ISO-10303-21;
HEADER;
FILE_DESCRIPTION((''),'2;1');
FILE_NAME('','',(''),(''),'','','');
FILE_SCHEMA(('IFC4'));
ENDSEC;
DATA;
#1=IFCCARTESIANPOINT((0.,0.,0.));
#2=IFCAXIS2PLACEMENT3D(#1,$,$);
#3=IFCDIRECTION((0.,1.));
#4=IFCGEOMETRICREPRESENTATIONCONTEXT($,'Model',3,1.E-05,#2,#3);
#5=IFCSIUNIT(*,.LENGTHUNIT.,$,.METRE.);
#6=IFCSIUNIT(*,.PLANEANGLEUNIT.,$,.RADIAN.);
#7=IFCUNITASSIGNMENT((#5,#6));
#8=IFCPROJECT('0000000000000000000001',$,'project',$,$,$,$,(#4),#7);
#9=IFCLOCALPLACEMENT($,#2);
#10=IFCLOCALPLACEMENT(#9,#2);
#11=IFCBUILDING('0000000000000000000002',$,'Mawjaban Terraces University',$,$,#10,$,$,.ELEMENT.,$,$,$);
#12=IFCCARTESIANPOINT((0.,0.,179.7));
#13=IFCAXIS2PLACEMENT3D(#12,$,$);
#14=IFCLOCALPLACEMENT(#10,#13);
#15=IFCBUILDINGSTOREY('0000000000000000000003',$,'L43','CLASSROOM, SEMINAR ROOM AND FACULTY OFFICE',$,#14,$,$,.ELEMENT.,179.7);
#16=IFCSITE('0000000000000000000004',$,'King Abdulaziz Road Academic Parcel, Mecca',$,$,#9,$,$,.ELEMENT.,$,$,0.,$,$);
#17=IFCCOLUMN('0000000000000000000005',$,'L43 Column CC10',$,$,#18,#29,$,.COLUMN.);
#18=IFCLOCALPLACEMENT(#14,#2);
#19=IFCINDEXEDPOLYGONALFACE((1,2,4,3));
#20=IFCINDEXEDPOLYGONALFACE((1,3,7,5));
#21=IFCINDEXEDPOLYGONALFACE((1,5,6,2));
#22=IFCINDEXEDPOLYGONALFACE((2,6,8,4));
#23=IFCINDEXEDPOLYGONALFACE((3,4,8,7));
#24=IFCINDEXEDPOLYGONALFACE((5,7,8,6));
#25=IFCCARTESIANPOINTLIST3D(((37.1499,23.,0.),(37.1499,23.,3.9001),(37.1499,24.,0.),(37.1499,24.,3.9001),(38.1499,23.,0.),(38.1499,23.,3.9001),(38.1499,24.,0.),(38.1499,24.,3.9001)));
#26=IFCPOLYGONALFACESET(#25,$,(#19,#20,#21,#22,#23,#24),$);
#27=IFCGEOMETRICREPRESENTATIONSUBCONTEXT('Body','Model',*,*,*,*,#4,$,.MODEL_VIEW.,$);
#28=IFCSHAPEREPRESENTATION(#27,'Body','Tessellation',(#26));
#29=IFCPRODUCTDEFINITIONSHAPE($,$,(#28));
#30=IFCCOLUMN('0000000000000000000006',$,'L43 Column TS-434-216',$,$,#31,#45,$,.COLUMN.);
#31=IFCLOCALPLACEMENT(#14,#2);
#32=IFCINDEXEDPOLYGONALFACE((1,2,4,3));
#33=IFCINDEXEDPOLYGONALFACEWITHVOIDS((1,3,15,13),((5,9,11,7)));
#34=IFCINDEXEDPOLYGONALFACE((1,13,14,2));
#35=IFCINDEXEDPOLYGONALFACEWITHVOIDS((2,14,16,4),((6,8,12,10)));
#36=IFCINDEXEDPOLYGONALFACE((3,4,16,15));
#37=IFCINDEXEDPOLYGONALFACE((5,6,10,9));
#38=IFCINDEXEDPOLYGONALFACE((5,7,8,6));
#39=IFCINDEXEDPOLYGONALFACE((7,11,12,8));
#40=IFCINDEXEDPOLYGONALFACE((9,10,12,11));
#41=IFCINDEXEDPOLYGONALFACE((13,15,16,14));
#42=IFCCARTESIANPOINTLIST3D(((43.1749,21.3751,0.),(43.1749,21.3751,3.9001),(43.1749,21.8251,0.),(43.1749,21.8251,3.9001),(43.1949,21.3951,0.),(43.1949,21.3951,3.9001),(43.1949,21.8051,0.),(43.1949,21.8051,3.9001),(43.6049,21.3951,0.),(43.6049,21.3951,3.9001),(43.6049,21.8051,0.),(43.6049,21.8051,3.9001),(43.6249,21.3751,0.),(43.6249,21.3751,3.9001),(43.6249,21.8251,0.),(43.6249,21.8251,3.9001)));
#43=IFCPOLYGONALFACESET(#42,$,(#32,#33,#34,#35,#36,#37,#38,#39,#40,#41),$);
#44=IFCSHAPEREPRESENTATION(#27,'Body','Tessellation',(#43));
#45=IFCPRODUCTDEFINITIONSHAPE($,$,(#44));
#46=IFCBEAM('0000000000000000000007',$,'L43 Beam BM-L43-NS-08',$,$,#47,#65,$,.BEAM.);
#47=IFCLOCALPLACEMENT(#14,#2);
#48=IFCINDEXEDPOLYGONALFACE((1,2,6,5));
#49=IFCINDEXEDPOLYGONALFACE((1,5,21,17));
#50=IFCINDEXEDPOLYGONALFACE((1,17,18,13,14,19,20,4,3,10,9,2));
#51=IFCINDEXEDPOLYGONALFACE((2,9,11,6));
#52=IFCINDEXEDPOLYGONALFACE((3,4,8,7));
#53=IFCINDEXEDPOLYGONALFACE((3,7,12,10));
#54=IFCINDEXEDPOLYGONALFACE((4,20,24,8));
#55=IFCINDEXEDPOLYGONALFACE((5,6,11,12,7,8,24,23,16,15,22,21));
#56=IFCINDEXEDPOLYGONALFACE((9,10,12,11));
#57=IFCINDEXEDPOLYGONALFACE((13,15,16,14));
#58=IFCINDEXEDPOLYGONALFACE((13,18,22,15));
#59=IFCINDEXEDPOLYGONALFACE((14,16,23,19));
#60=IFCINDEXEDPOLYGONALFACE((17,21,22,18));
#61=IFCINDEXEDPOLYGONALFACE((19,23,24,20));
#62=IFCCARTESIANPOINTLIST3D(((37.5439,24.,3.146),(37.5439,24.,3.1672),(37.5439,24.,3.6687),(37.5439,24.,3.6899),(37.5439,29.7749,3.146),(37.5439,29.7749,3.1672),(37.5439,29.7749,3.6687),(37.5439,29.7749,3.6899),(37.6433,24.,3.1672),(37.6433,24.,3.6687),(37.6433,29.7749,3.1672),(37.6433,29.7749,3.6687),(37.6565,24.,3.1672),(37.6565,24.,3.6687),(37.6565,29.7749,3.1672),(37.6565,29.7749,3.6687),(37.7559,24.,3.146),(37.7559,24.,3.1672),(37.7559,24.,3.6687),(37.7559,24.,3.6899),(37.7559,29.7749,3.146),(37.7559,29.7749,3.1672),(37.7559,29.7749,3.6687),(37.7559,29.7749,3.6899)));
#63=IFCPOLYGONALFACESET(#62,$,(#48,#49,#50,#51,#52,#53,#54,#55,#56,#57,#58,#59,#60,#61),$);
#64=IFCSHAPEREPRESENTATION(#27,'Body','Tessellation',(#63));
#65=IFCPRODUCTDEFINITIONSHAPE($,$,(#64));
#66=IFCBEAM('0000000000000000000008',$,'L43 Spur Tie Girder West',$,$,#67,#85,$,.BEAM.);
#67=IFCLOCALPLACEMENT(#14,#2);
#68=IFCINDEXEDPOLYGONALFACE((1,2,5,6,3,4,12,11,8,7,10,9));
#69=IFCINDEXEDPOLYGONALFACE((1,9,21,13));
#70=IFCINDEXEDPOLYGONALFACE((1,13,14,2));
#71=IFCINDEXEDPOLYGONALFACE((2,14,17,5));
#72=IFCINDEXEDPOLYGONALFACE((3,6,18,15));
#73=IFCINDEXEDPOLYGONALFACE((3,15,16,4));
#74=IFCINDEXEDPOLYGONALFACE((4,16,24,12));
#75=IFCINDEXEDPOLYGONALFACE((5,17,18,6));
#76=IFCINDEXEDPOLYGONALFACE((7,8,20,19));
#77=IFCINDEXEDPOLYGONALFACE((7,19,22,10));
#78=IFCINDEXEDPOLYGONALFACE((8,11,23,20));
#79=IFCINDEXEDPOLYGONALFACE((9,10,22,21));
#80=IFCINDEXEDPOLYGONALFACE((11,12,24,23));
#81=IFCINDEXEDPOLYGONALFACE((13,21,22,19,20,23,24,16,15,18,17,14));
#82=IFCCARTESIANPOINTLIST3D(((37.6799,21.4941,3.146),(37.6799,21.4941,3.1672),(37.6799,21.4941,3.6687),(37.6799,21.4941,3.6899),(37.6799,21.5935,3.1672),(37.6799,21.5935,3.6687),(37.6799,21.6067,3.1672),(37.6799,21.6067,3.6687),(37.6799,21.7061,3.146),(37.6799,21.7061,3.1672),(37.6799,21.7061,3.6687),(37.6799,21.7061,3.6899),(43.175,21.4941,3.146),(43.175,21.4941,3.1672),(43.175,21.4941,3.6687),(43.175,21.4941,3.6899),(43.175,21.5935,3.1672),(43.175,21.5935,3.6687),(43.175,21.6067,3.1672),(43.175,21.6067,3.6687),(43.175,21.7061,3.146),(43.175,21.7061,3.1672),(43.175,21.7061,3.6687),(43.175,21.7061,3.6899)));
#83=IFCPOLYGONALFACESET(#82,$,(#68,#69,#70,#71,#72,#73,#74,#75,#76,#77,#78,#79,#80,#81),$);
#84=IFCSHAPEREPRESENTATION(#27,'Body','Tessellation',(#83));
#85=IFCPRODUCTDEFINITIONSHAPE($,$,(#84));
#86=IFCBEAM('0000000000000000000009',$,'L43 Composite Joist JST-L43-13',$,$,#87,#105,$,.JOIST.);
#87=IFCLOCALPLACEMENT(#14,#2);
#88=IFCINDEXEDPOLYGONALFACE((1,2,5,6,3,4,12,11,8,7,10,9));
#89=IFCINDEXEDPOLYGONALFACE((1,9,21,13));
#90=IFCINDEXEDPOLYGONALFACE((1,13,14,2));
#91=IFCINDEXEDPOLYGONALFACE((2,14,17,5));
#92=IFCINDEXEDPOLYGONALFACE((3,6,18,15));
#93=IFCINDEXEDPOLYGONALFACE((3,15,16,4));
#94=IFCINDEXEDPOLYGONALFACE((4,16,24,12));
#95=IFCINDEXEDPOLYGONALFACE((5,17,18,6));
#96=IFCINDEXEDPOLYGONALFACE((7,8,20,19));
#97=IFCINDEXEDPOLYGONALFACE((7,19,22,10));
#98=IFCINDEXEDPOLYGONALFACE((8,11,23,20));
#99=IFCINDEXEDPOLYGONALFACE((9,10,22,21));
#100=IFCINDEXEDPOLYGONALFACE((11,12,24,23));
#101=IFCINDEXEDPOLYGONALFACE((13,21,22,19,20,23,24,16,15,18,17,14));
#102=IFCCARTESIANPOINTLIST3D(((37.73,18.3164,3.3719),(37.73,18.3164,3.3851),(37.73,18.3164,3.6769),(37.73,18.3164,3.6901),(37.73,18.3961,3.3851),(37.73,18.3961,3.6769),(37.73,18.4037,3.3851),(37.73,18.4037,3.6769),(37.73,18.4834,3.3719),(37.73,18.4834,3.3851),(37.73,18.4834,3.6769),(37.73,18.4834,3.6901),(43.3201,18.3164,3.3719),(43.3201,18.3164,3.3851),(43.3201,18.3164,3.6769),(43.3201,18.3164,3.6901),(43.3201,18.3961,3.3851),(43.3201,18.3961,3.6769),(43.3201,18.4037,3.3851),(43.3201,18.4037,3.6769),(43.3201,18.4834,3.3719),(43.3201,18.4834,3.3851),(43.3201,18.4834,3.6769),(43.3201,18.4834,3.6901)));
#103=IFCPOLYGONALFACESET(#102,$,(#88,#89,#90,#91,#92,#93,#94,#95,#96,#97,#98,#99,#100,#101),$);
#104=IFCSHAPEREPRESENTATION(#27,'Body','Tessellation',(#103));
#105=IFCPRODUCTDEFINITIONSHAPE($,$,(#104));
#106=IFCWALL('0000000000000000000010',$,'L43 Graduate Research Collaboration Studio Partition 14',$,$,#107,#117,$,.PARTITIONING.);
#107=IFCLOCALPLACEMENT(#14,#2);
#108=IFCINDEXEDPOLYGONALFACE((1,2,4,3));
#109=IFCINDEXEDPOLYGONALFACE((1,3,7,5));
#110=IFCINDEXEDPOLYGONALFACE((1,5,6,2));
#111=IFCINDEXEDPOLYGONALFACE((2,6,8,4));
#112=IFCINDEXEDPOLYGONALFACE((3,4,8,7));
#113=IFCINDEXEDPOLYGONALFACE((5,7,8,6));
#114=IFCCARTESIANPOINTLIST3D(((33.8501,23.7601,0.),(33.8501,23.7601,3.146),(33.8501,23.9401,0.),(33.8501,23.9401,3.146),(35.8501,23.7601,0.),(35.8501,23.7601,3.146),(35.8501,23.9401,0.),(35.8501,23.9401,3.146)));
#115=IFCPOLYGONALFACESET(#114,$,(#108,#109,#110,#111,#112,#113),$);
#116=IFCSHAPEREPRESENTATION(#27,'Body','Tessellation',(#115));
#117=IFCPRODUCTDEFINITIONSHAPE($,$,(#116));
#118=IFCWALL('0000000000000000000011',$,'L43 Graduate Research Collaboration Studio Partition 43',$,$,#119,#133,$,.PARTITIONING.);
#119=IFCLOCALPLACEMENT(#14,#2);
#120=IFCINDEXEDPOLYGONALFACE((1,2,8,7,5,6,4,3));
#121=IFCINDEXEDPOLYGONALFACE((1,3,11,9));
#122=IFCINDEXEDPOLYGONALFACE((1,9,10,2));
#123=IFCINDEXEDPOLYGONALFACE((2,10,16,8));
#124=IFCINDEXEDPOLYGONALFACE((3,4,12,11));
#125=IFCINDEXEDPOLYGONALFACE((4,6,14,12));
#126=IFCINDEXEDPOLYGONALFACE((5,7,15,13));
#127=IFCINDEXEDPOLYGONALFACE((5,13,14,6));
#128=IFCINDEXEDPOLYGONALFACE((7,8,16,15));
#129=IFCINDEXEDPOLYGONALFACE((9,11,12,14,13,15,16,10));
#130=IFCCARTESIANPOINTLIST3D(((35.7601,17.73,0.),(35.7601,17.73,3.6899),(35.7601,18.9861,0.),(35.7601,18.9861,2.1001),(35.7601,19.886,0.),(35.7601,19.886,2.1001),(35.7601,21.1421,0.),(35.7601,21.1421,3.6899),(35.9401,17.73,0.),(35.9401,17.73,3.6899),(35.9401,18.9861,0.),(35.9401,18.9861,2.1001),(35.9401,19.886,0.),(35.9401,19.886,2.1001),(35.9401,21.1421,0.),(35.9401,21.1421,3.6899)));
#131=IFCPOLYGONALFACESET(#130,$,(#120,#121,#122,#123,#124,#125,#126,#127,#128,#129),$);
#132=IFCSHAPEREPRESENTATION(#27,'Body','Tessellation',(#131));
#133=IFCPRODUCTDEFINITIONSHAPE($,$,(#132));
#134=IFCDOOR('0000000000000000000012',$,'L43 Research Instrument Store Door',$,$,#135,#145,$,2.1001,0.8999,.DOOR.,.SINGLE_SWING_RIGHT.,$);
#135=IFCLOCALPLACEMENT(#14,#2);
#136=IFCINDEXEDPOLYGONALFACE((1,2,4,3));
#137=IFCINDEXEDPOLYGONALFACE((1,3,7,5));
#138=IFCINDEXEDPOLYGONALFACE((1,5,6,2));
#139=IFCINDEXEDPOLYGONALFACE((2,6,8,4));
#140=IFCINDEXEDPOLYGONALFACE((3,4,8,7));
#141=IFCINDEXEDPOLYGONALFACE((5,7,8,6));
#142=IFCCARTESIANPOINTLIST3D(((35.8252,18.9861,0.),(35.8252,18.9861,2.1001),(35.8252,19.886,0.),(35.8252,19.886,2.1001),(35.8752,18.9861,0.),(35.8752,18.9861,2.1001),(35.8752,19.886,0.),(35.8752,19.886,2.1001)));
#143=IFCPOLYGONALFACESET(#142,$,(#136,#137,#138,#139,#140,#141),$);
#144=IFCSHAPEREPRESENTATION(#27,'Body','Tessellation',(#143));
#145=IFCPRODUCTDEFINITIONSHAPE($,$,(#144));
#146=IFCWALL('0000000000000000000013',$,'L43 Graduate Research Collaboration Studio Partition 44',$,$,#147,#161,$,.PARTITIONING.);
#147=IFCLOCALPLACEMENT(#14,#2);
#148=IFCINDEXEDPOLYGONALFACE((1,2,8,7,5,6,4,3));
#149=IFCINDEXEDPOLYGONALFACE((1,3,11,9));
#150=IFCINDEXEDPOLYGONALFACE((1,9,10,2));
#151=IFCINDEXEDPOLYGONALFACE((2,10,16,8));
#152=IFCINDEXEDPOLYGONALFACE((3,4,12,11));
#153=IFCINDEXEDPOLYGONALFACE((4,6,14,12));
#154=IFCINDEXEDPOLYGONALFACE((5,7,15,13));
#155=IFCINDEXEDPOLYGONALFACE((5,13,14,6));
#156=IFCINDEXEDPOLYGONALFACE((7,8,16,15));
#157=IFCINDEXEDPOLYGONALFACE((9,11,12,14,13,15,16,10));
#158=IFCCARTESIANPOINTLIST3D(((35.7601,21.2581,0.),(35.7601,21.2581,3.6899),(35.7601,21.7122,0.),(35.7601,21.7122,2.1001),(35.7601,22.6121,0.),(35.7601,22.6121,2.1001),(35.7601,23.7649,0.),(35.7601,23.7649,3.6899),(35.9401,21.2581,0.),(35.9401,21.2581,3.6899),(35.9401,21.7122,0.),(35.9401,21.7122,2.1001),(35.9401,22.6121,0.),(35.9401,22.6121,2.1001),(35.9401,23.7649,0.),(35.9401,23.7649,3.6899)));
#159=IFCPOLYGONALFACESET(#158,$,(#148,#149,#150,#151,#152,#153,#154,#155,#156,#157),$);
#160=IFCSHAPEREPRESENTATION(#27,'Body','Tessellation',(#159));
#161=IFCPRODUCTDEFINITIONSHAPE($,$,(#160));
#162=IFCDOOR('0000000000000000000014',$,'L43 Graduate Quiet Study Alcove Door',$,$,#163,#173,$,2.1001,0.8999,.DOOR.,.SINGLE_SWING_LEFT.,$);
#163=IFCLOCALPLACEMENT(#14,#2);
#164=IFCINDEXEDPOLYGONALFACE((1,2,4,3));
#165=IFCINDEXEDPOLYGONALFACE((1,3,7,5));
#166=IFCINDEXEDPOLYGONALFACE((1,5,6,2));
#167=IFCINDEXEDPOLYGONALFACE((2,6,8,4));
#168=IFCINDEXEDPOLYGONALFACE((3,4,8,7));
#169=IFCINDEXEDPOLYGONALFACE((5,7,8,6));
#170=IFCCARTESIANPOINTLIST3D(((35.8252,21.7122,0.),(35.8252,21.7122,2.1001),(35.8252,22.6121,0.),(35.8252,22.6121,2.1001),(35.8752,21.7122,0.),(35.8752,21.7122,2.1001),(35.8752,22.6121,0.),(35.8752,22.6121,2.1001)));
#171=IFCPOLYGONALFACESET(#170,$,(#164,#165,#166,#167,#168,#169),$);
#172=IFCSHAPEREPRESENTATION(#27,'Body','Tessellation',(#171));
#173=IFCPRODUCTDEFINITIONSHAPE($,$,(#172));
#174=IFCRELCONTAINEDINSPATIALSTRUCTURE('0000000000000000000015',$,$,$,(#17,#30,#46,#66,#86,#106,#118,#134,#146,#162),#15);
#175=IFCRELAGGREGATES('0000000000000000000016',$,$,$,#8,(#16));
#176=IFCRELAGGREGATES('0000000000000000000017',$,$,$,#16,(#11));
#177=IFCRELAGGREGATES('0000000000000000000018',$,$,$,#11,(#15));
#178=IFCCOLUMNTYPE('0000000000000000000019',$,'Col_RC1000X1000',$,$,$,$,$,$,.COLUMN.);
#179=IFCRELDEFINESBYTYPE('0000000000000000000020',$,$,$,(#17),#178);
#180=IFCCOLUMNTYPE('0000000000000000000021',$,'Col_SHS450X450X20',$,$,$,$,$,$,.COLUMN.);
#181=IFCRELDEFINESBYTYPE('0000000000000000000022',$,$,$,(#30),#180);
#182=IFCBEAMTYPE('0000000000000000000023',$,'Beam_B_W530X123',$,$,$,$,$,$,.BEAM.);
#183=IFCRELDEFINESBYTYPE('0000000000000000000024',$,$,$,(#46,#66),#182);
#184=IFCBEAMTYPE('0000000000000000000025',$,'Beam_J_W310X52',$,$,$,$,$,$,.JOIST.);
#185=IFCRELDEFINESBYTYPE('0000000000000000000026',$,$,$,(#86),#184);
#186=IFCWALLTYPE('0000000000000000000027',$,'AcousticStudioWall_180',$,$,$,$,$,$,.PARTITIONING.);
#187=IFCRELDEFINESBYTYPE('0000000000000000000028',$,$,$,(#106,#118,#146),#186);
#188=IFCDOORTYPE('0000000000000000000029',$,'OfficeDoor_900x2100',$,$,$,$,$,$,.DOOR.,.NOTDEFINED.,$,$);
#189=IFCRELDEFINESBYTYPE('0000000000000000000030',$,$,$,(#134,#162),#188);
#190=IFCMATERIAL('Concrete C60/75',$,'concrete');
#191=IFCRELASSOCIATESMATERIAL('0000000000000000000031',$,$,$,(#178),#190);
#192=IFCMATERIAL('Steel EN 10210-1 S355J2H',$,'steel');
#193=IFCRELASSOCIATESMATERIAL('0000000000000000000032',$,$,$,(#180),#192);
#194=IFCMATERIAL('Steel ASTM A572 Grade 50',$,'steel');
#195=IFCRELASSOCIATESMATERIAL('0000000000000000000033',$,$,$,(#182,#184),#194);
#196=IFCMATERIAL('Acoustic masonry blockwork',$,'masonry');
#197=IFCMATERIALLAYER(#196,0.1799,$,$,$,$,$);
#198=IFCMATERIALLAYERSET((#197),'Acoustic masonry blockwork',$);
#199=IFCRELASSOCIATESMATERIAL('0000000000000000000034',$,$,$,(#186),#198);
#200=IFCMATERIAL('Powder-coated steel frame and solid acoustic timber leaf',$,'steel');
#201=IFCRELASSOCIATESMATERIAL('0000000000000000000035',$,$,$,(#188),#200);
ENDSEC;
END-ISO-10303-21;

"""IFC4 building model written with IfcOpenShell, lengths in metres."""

from ifc_helpers import new_model, si_unit, direction, frame, frame_2d, origin, origin_2d, place, context, subcontext, project, spatial, rectangle, hollow_rectangle, i_section, extrude, material, layer, layer_set, material_profile, profile_set, type_object, element, fill, save


model = new_model("IFC4")

# Units and contexts
model_context = context("Model", 3, precision=1e-05, world=origin(), true_north=direction((0.0, 1.0)))
body_context = subcontext(model_context, "Body", "Model", "MODEL_VIEW")
ifc_project = project(units=[si_unit("LENGTHUNIT", "METRE"), si_unit("PLANEANGLEUNIT", "RADIAN")], contexts=[model_context])

# Site, building, storey
site_placement = place(None, origin())
site = spatial("IfcSite", under=ifc_project, at=site_placement, Name="King Abdulaziz Road Academic Parcel, Mecca", CompositionType="ELEMENT", RefElevation=0.0)
building_placement = place(site_placement, origin())
building = spatial("IfcBuilding", under=site, at=building_placement, Name="Mawjaban Terraces University", CompositionType="ELEMENT")
storey_placement = place(building_placement, frame((0.0, 0.0, 179.7)))
storey = spatial("IfcBuildingStorey", under=building, at=storey_placement, Name="L43", Description="CLASSROOM, SEMINAR ROOM AND FACULTY OFFICE", CompositionType="ELEMENT", Elevation=179.7)

# Columns
ifc_material_1 = material(Name="Concrete C60/75", Category="concrete")
ifc_material_profile_1 = material_profile(ifc_material_1, rectangle(XDim=1.0, YDim=1.0, at=origin_2d()), Name="RC1000X1000")
ifc_profile_set_1 = profile_set([ifc_material_profile_1], Name="Concrete C60/75")
column_type_1 = type_object("IfcColumnType", Name="Col_RC1000X1000", PredefinedType="COLUMN", material=ifc_profile_set_1)
column_1_placement = place(storey_placement, frame((37.6499, 23.5, 0.0), z_axis=(0.0, 0.0, 1.0), x_axis=(1.0, 0.0, 0.0)))
element("IfcColumn", 1, at=column_1_placement, inside=storey, type_object=column_type_1, Name="L43 Column CC10", PredefinedType="COLUMN", context=body_context, shape_type="SweptSolid", body=[
    extrude(rectangle(XDim=1.0, YDim=1.0, at=origin_2d()), origin(), (0.0, 0.0, 1.0), 3.9001),
])
ifc_material_2 = material(Name="Steel EN 10210-1 S355J2H", Category="steel")
ifc_material_profile_2 = material_profile(ifc_material_2, hollow_rectangle(XDim=0.45, YDim=0.45, WallThickness=0.02, at=origin_2d()), Name="SHS450X450X20")
ifc_profile_set_2 = profile_set([ifc_material_profile_2], Name="Steel EN 10210-1 S355J2H")
column_type_2 = type_object("IfcColumnType", Name="Col_SHS450X450X20", PredefinedType="COLUMN", material=ifc_profile_set_2)
column_2_placement = place(storey_placement, frame((43.3999, 21.6001, 0.0), z_axis=(0.0, 0.0, 1.0), x_axis=(1.0, 0.0, 0.0)))
element("IfcColumn", 2, at=column_2_placement, inside=storey, type_object=column_type_2, Name="L43 Column TS-434-216", PredefinedType="COLUMN", context=body_context, shape_type="SweptSolid", body=[
    extrude(hollow_rectangle(XDim=0.45, YDim=0.45, WallThickness=0.02, at=origin_2d()), origin(), (0.0, 0.0, 1.0), 3.9001),
])

# Beams
ifc_material_3 = material(Name="Steel ASTM A572 Grade 50", Category="steel")
ifc_material_profile_3 = material_profile(ifc_material_3, i_section(OverallWidth=0.2119, OverallDepth=0.5439, WebThickness=0.0132, FlangeThickness=0.0212, at=origin_2d()), Name="W530X123")
ifc_profile_set_3 = profile_set([ifc_material_profile_3], Name="Steel ASTM A572 Grade 50")
beam_type_1 = type_object("IfcBeamType", Name="Beam_B_W530X123", PredefinedType="BEAM", material=ifc_profile_set_3)
beam_1_placement = place(storey_placement, frame((37.6499, 24.0, 3.418), z_axis=(0.0, 1.0, 0.0), x_axis=(-1.0, 0.0, 0.0)))
element("IfcBeam", 3, at=beam_1_placement, inside=storey, type_object=beam_type_1, Name="L43 Beam BM-L43-NS-08", PredefinedType="BEAM", context=body_context, shape_type="SweptSolid", body=[
    extrude(i_section(OverallWidth=0.2119, OverallDepth=0.5439, WebThickness=0.0132, FlangeThickness=0.0212, at=origin_2d()), origin(), (0.0, 0.0, 1.0), 5.7749),
])
beam_2_placement = place(storey_placement, frame((37.6799, 21.6001, 3.418), z_axis=(1.0, 0.0, 0.0), x_axis=(0.0, 1.0, 0.0)))
element("IfcBeam", 4, at=beam_2_placement, inside=storey, type_object=beam_type_1, Name="L43 Spur Tie Girder West", PredefinedType="BEAM", context=body_context, shape_type="SweptSolid", body=[
    extrude(i_section(OverallWidth=0.2119, OverallDepth=0.5439, WebThickness=0.0132, FlangeThickness=0.0212, at=origin_2d()), origin(), (0.0, 0.0, 1.0), 5.4951),
])
ifc_material_profile_4 = material_profile(ifc_material_3, i_section(OverallWidth=0.167, OverallDepth=0.3181, WebThickness=0.0076, FlangeThickness=0.0132, at=origin_2d()), Name="W310X52")
ifc_profile_set_4 = profile_set([ifc_material_profile_4], Name="Steel ASTM A572 Grade 50")
beam_type_2 = type_object("IfcBeamType", Name="Beam_J_W310X52", PredefinedType="JOIST", material=ifc_profile_set_4)
beam_3_placement = place(storey_placement, frame((37.73, 18.3999, 3.531), z_axis=(1.0, 0.0, 0.0), x_axis=(0.0, 1.0, 0.0)))
element("IfcBeam", 5, at=beam_3_placement, inside=storey, type_object=beam_type_2, Name="L43 Composite Joist JST-L43-13", PredefinedType="JOIST", context=body_context, shape_type="SweptSolid", body=[
    extrude(i_section(OverallWidth=0.167, OverallDepth=0.3181, WebThickness=0.0076, FlangeThickness=0.0132, at=origin_2d()), origin(), (0.0, 0.0, 1.0), 5.5901),
])

# Wall
ifc_material_4 = material(Name="Acoustic masonry blockwork", Category="masonry")
ifc_layer_1 = layer(ifc_material_4, 0.1799)
ifc_layer_set_1 = layer_set([ifc_layer_1], Name="Acoustic masonry blockwork")
wall_type_1 = type_object("IfcWallType", Name="AcousticStudioWall_180", PredefinedType="PARTITIONING", material=ifc_layer_set_1)
wall_1_placement = place(storey_placement, frame((35.8501, 23.8501, 0.0), z_axis=(0.0, 0.0, 1.0), x_axis=(-1.0, 0.0, 0.0)))
element("IfcWall", 6, at=wall_1_placement, inside=storey, type_object=wall_type_1, Name="L43 Graduate Research Collaboration Studio Partition 14", PredefinedType="PARTITIONING", context=body_context, shape_type="SweptSolid", body=[
    extrude(rectangle(XDim=2.0, YDim=0.1799, at=frame_2d((1.0, 0.0))), origin(), (0.0, 0.0, 1.0), 3.146),
])

# Walls, openings, doors
wall_2_placement = place(storey_placement, frame((35.8501, 17.73, 0.0), z_axis=(0.0, 0.0, 1.0), x_axis=(0.0, 1.0, 0.0)))
wall_2 = element("IfcWall", 7, at=wall_2_placement, inside=storey, type_object=wall_type_1, Name="L43 Graduate Research Collaboration Studio Partition 43", PredefinedType="PARTITIONING", context=body_context, shape_type="SweptSolid", body=[
    extrude(rectangle(XDim=3.4121, YDim=0.1799, at=frame_2d((1.7061, 0.0))), origin(), (0.0, 0.0, 1.0), 3.6899),
])
opening_1_placement = place(wall_2_placement, frame((1.2561, 0.0, 0.0)))
opening_1 = element("IfcOpeningElement", 8, at=opening_1_placement, cuts=wall_2, PredefinedType="OPENING", context=body_context, shape_type="SweptSolid", body=[
    extrude(rectangle(XDim=0.8999, YDim=2.1001, at=frame_2d((0.45, 1.05))), frame((0.0, 0.0999, 0.0), z_axis=(0.0, -1.0, 0.0), x_axis=(1.0, 0.0, 0.0)), (0.0, 0.0, 1.0), 0.2),
])
ifc_material_5 = material(Name="Powder-coated steel frame and solid acoustic timber leaf", Category="steel")
door_type_1 = type_object("IfcDoorType", Name="OfficeDoor_900x2100", OperationType="NOTDEFINED", PredefinedType="DOOR", material=ifc_material_5)
door_1_placement = place(opening_1_placement, origin())
door_1 = element("IfcDoor", 9, at=door_1_placement, inside=storey, type_object=door_type_1, Name="L43 Research Instrument Store Door", OperationType="SINGLE_SWING_RIGHT", OverallHeight=2.1001, OverallWidth=0.8999, PredefinedType="DOOR", context=body_context, shape_type="SweptSolid", body=[
    extrude(rectangle(XDim=0.8999, YDim=2.1001, at=frame_2d((0.45, 1.05))), frame((0.0, 0.0249, 0.0), z_axis=(0.0, -1.0, 0.0), x_axis=(1.0, 0.0, 0.0)), (0.0, 0.0, 1.0), 0.05),
])
fill(opening_1, door_1)
wall_3_placement = place(storey_placement, frame((35.8501, 21.2581, 0.0), z_axis=(0.0, 0.0, 1.0), x_axis=(0.0, 1.0, 0.0)))
wall_3 = element("IfcWall", 10, at=wall_3_placement, inside=storey, type_object=wall_type_1, Name="L43 Graduate Research Collaboration Studio Partition 44", PredefinedType="PARTITIONING", context=body_context, shape_type="SweptSolid", body=[
    extrude(rectangle(XDim=2.5068, YDim=0.1799, at=frame_2d((1.2534, 0.0))), origin(), (0.0, 0.0, 1.0), 3.6899),
])
opening_2_placement = place(wall_3_placement, frame((0.4541, 0.0, 0.0)))
opening_2 = element("IfcOpeningElement", 11, at=opening_2_placement, cuts=wall_3, PredefinedType="OPENING", context=body_context, shape_type="SweptSolid", body=[
    extrude(rectangle(XDim=0.8999, YDim=2.1001, at=frame_2d((0.45, 1.05))), frame((0.0, 0.0999, 0.0), z_axis=(0.0, -1.0, 0.0), x_axis=(1.0, 0.0, 0.0)), (0.0, 0.0, 1.0), 0.2),
])
door_2_placement = place(opening_2_placement, origin())
door_2 = element("IfcDoor", 12, at=door_2_placement, inside=storey, type_object=door_type_1, Name="L43 Graduate Quiet Study Alcove Door", OperationType="SINGLE_SWING_LEFT", OverallHeight=2.1001, OverallWidth=0.8999, PredefinedType="DOOR", context=body_context, shape_type="SweptSolid", body=[
    extrude(rectangle(XDim=0.8999, YDim=2.1001, at=frame_2d((0.45, 1.05))), frame((0.0, 0.0249, 0.0), z_axis=(0.0, -1.0, 0.0), x_axis=(1.0, 0.0, 0.0)), (0.0, 0.0, 1.0), 0.05),
])
fill(opening_2, door_2)

save(model, "model.ifc")
